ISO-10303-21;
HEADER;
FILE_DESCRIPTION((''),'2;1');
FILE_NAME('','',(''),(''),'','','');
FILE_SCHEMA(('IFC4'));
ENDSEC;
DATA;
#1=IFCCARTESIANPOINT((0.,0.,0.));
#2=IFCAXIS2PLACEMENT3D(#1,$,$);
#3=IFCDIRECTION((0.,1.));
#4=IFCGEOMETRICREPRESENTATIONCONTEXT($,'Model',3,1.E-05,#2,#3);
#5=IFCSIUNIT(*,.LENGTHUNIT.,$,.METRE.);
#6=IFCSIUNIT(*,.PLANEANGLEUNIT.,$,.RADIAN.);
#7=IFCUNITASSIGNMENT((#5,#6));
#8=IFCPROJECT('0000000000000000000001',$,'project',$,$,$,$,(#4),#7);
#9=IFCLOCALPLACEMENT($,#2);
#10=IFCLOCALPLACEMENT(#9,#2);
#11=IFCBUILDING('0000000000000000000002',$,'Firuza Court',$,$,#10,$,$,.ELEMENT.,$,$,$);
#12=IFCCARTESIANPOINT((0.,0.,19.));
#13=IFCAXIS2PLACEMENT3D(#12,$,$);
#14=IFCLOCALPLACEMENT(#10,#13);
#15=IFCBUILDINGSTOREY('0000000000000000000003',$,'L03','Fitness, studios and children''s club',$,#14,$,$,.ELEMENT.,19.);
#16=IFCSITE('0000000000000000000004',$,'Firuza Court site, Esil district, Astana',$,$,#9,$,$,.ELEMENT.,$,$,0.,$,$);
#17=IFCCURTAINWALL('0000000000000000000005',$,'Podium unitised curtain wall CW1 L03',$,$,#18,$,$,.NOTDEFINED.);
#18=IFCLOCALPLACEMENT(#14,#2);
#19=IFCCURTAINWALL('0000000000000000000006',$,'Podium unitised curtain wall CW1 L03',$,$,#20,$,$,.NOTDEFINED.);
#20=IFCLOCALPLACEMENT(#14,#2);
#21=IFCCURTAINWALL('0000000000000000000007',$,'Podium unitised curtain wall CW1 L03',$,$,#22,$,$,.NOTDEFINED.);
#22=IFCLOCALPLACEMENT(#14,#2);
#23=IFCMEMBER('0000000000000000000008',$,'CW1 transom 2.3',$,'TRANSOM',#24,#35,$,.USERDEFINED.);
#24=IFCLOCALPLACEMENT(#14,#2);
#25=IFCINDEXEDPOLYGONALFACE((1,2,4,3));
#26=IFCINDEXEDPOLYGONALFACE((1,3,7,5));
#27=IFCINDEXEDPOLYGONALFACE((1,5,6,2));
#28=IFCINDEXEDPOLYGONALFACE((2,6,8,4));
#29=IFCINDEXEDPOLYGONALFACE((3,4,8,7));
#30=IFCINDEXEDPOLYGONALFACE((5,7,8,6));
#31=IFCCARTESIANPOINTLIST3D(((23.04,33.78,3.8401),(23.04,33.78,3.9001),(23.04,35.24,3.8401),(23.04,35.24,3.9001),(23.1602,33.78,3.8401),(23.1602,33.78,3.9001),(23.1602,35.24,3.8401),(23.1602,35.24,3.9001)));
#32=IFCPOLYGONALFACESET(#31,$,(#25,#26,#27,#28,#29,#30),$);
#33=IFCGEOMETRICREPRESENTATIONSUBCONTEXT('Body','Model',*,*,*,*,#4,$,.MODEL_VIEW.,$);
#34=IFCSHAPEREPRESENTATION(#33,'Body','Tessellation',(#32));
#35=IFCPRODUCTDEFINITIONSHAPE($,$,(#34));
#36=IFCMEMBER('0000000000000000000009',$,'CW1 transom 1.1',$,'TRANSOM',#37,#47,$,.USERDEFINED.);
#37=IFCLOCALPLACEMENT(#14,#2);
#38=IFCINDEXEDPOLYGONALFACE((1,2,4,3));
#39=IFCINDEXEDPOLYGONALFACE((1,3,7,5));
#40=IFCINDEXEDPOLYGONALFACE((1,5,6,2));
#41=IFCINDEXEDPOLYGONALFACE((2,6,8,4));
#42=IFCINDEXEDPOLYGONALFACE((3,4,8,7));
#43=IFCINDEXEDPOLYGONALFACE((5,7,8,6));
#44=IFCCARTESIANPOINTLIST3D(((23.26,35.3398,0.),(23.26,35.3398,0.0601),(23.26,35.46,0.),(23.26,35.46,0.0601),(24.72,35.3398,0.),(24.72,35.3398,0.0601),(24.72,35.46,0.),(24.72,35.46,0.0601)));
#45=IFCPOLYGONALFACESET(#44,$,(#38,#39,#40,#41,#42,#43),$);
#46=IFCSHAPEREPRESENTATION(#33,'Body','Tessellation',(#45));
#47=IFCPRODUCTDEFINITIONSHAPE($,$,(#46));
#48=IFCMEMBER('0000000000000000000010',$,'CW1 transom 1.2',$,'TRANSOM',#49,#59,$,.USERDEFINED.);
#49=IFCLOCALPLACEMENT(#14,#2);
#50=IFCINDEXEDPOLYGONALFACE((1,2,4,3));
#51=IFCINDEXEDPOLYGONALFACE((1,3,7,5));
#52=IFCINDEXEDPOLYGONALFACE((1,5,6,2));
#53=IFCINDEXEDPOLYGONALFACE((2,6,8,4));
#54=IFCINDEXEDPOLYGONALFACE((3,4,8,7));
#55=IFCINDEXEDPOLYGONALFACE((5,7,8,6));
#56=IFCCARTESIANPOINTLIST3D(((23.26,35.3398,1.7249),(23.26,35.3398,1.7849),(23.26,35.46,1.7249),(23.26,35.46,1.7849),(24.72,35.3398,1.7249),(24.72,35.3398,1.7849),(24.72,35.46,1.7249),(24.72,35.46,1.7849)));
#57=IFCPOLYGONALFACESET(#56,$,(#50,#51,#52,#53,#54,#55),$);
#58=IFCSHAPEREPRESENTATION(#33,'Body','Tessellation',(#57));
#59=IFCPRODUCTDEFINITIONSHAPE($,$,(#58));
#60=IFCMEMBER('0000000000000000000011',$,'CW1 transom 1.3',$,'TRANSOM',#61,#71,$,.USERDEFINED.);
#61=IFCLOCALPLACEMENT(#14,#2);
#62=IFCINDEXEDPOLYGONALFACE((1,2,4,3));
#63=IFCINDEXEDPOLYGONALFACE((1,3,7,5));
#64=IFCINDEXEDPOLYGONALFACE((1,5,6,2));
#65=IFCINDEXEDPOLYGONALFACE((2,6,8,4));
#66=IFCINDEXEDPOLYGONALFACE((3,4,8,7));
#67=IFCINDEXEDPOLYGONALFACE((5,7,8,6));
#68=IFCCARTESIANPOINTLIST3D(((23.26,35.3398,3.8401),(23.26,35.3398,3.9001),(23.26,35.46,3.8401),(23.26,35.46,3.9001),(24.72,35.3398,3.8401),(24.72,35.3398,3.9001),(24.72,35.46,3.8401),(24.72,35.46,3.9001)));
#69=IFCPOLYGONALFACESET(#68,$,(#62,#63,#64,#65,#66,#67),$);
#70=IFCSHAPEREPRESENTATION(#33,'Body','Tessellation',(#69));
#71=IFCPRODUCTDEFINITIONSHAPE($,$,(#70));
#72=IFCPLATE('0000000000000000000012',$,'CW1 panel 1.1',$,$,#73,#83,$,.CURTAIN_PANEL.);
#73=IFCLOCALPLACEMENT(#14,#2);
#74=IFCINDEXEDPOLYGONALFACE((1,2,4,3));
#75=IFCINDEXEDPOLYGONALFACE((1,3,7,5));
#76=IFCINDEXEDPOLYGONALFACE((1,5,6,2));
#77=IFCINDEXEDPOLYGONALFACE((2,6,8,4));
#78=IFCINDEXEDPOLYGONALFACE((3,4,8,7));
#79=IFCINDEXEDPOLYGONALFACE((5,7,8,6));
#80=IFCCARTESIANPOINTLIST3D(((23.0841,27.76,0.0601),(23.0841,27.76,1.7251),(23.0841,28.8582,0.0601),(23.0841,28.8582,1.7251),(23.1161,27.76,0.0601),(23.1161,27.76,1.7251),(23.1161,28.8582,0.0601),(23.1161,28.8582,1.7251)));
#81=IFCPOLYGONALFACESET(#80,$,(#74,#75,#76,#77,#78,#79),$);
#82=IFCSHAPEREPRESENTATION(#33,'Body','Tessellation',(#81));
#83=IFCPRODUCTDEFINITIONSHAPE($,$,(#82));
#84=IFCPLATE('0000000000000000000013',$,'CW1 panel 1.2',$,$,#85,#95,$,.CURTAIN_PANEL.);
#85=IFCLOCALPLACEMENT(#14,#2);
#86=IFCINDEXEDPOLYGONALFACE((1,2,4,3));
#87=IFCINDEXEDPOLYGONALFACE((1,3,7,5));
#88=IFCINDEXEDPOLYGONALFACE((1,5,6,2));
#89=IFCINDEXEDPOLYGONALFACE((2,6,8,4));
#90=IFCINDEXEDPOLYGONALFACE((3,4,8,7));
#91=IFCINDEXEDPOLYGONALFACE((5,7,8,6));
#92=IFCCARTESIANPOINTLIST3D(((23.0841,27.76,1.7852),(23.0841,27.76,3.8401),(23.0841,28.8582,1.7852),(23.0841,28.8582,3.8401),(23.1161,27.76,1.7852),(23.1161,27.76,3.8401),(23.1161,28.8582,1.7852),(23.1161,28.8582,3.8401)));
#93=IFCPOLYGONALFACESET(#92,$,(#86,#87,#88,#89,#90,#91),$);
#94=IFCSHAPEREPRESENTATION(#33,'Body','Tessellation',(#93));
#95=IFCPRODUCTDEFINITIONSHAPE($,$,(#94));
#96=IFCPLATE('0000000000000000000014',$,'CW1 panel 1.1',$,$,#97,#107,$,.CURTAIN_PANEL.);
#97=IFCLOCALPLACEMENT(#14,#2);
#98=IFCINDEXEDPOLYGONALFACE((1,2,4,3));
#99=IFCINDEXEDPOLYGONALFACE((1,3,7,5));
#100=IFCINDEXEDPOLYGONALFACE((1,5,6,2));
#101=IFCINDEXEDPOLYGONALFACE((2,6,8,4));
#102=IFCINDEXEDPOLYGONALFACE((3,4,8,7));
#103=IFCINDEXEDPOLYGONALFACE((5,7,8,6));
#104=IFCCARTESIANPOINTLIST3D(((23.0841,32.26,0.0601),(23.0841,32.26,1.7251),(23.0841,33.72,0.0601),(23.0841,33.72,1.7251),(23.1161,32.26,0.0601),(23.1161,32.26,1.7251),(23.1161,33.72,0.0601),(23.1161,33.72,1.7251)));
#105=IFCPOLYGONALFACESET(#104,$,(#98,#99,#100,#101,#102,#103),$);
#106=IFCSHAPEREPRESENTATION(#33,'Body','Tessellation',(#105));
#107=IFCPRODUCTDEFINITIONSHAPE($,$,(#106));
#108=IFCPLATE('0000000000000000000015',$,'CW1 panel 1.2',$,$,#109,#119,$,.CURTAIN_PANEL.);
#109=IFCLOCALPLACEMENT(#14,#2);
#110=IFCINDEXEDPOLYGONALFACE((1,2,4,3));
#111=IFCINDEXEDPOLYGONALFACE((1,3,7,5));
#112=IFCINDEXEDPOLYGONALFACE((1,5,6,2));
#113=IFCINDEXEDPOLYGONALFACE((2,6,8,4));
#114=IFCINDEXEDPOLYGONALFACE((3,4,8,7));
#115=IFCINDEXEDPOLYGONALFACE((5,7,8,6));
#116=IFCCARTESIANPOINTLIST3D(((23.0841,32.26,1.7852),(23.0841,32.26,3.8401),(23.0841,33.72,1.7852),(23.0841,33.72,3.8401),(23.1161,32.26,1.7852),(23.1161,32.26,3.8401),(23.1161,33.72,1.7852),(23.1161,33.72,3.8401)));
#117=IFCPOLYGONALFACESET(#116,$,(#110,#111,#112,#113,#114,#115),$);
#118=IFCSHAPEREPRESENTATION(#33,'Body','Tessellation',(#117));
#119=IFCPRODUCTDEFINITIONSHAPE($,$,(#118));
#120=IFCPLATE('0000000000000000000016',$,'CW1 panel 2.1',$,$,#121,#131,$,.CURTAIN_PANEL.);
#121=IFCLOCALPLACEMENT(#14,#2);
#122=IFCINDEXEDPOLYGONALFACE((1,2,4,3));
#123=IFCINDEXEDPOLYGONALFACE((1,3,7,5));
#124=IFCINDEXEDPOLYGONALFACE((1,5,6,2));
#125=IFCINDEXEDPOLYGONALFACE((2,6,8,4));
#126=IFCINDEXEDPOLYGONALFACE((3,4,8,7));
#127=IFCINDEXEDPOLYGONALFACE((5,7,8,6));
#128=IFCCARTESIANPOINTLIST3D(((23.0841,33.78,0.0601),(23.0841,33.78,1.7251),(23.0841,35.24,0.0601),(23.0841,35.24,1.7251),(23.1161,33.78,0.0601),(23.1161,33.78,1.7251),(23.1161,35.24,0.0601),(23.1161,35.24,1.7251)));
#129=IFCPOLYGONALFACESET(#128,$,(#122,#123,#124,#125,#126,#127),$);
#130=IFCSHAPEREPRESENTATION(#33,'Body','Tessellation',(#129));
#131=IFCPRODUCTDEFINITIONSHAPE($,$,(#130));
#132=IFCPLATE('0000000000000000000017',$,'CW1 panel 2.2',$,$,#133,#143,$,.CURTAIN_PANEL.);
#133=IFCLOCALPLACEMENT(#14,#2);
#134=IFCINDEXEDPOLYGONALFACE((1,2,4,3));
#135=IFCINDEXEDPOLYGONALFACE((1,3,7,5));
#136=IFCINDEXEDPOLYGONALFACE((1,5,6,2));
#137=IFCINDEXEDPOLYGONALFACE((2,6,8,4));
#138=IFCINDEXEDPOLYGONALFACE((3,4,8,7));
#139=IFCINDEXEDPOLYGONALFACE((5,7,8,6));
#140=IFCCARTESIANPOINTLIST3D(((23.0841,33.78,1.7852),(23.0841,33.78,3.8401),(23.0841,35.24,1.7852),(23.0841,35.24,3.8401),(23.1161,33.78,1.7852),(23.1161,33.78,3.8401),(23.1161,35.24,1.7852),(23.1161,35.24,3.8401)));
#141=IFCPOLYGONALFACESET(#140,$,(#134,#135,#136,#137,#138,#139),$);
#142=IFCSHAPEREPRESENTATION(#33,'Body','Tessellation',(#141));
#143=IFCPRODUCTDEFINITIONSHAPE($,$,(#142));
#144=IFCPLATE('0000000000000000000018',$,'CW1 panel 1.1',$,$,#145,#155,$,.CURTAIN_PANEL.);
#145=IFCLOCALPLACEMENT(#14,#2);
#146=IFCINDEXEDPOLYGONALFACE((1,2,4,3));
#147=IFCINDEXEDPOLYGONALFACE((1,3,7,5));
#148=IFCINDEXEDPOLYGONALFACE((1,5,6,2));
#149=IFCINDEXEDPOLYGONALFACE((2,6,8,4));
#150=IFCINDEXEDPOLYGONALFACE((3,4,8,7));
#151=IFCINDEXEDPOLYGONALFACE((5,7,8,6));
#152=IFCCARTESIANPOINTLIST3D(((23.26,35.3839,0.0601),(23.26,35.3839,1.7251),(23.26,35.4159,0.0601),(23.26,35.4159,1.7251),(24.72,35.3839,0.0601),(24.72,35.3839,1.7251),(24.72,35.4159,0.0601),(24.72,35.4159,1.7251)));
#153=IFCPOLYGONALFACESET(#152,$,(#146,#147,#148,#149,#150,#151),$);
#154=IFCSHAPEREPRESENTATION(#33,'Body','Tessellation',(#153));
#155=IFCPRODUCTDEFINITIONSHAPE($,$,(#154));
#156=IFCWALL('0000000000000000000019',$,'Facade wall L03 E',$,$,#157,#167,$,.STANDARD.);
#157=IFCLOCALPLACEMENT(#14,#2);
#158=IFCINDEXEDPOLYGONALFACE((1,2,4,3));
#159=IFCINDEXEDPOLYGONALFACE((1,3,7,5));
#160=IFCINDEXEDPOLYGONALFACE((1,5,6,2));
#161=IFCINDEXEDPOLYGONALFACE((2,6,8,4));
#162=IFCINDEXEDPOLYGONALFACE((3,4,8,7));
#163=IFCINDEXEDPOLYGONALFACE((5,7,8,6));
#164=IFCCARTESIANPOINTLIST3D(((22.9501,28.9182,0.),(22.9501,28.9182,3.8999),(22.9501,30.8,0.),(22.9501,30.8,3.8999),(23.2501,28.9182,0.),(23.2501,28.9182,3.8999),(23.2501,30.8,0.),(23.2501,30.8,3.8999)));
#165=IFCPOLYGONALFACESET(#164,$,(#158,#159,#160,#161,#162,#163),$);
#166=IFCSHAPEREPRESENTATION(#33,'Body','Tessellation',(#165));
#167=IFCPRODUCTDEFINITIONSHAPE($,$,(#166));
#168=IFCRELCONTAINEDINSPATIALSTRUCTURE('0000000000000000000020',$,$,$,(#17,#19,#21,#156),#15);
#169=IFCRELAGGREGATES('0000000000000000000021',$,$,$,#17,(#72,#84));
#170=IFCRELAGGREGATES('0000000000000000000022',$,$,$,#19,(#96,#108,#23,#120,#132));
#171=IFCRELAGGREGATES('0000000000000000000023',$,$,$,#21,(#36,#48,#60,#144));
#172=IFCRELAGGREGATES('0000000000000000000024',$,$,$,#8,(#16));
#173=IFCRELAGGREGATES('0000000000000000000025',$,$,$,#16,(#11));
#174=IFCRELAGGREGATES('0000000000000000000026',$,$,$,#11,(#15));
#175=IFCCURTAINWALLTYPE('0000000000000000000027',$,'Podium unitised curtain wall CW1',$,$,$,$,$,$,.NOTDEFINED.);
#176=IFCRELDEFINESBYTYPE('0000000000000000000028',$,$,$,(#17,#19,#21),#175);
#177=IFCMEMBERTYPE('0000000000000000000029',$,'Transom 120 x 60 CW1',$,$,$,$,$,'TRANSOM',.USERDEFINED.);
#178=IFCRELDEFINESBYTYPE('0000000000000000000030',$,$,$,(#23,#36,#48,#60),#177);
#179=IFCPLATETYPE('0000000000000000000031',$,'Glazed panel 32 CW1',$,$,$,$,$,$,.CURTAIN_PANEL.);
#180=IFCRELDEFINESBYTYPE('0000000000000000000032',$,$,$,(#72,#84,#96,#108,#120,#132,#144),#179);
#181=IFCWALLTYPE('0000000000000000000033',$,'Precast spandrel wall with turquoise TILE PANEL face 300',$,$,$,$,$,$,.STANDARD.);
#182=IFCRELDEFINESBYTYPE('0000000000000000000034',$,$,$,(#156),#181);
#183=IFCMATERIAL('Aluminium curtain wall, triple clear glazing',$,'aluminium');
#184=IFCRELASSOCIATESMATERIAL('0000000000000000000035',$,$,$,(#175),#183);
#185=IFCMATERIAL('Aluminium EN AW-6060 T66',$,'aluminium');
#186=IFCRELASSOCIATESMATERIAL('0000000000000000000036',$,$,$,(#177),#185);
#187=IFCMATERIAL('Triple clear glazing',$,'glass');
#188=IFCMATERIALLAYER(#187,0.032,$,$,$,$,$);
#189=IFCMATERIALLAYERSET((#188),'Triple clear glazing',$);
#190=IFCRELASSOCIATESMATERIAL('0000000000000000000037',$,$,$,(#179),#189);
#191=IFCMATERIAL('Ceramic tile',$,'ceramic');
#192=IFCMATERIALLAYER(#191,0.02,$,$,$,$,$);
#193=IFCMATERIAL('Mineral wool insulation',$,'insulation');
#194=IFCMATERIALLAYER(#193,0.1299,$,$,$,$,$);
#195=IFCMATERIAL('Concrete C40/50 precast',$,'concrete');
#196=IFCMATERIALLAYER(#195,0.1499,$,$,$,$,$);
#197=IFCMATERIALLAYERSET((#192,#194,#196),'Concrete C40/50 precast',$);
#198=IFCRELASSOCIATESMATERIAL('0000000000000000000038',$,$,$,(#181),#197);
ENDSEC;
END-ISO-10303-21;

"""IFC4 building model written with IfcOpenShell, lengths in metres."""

from ifc_helpers import new_model, si_unit, direction, frame, frame_2d, origin, origin_2d, place, context, subcontext, project, spatial, rectangle, extrude, material, layer, layer_set, material_profile, profile_set, type_object, element, aggregate, save


model = new_model("IFC4")

# Units and contexts
model_context = context("Model", 3, precision=1e-05, world=origin(), true_north=direction((0.0, 1.0)))
body_context = subcontext(model_context, "Body", "Model", "MODEL_VIEW")
ifc_project = project(units=[si_unit("LENGTHUNIT", "METRE"), si_unit("PLANEANGLEUNIT", "RADIAN")], contexts=[model_context])

# Site, building, storey
site_placement = place(None, origin())
site = spatial("IfcSite", under=ifc_project, at=site_placement, Name="Firuza Court site, Esil district, Astana", CompositionType="ELEMENT", RefElevation=0.0)
building_placement = place(site_placement, origin())
building = spatial("IfcBuilding", under=site, at=building_placement, Name="Firuza Court", CompositionType="ELEMENT")
storey_placement = place(building_placement, frame((0.0, 0.0, 19.0)))
storey = spatial("IfcBuildingStorey", under=building, at=storey_placement, Name="L03", Description="Fitness, studios and children's club", CompositionType="ELEMENT", Elevation=19.0)

# Shared definitions
ifc_material_1 = material(Name="Aluminium curtain wall, triple clear glazing", Category="aluminium")
curtain_wall_type = type_object("IfcCurtainWallType", Name="Podium unitised curtain wall CW1", PredefinedType="NOTDEFINED", material=ifc_material_1)

# Curtain walls
curtain_wall_1_placement = place(storey_placement, origin())
curtain_wall_1 = element("IfcCurtainWall", 1, at=curtain_wall_1_placement, inside=storey, type_object=curtain_wall_type, Name="Podium unitised curtain wall CW1 L03", PredefinedType="NOTDEFINED")
curtain_wall_2_placement = place(storey_placement, origin())
curtain_wall_2 = element("IfcCurtainWall", 2, at=curtain_wall_2_placement, inside=storey, type_object=curtain_wall_type, Name="Podium unitised curtain wall CW1 L03", PredefinedType="NOTDEFINED")

# Curtain wall
curtain_wall_3_placement = place(storey_placement, origin())
curtain_wall_3 = element("IfcCurtainWall", 3, at=curtain_wall_3_placement, inside=storey, type_object=curtain_wall_type, Name="Podium unitised curtain wall CW1 L03", PredefinedType="NOTDEFINED")

# Members
ifc_material_2 = material(Name="Aluminium EN AW-6060 T66", Category="aluminium")
ifc_material_profile_1 = material_profile(ifc_material_2, rectangle(XDim=0.1201, YDim=0.0601, at=origin_2d()), Name="Transom 120 x 60 CW1")
ifc_profile_set_1 = profile_set([ifc_material_profile_1], Name="Aluminium EN AW-6060 T66")
member_type_1 = type_object("IfcMemberType", Name="Transom 120 x 60 CW1", ElementType="TRANSOM", PredefinedType="USERDEFINED", material=ifc_profile_set_1)
member_1_placement = place(storey_placement, frame((23.1001, 33.78, 3.8701), z_axis=(0.0, 1.0, 0.0), x_axis=(-1.0, 0.0, 0.0)))
member_1 = element("IfcMember", 4, at=member_1_placement, type_object=member_type_1, Name="CW1 transom 2.3", ObjectType="TRANSOM", PredefinedType="USERDEFINED", context=body_context, shape_type="SweptSolid", body=[
    extrude(rectangle(XDim=0.1201, YDim=0.0601, at=origin_2d()), origin(), (0.0, 0.0, 1.0), 1.46),
])
member_2_placement = place(storey_placement, frame((23.26, 35.3999, 0.03), z_axis=(1.0, 0.0, 0.0), x_axis=(0.0, 1.0, 0.0)))
member_2 = element("IfcMember", 5, at=member_2_placement, type_object=member_type_1, Name="CW1 transom 1.1", ObjectType="TRANSOM", PredefinedType="USERDEFINED", context=body_context, shape_type="SweptSolid", body=[
    extrude(rectangle(XDim=0.1201, YDim=0.0601, at=origin_2d()), origin(), (0.0, 0.0, 1.0), 1.46),
])
member_3_placement = place(storey_placement, frame((23.26, 35.3999, 1.7549), z_axis=(1.0, 0.0, 0.0), x_axis=(0.0, 1.0, 0.0)))
member_3 = element("IfcMember", 6, at=member_3_placement, type_object=member_type_1, Name="CW1 transom 1.2", ObjectType="TRANSOM", PredefinedType="USERDEFINED", context=body_context, shape_type="SweptSolid", body=[
    extrude(rectangle(XDim=0.1201, YDim=0.0601, at=origin_2d()), origin(), (0.0, 0.0, 1.0), 1.46),
])
member_4_placement = place(storey_placement, frame((23.26, 35.3999, 3.8701), z_axis=(1.0, 0.0, 0.0), x_axis=(0.0, 1.0, 0.0)))
member_4 = element("IfcMember", 7, at=member_4_placement, type_object=member_type_1, Name="CW1 transom 1.3", ObjectType="TRANSOM", PredefinedType="USERDEFINED", context=body_context, shape_type="SweptSolid", body=[
    extrude(rectangle(XDim=0.1201, YDim=0.0601, at=origin_2d()), origin(), (0.0, 0.0, 1.0), 1.46),
])

# Plates
ifc_material_3 = material(Name="Triple clear glazing", Category="glass")
ifc_layer_1 = layer(ifc_material_3, 0.032)
ifc_layer_set_1 = layer_set([ifc_layer_1], Name="Triple clear glazing")
plate_type = type_object("IfcPlateType", Name="Glazed panel 32 CW1", PredefinedType="CURTAIN_PANEL", material=ifc_layer_set_1)
plate_1_placement = place(storey_placement, frame((23.1001, 28.3091, 0.0601), z_axis=(0.0, 0.0, 1.0), x_axis=(0.0, 1.0, 0.0)))
plate_1 = element("IfcPlate", 8, at=plate_1_placement, type_object=plate_type, Name="CW1 panel 1.1", PredefinedType="CURTAIN_PANEL", context=body_context, shape_type="SweptSolid", body=[
    extrude(rectangle(XDim=1.0981, YDim=0.032, at=origin_2d()), origin(), (0.0, 0.0, 1.0), 1.665),
])
plate_2_placement = place(storey_placement, frame((23.1001, 28.3091, 1.7852), z_axis=(0.0, 0.0, 1.0), x_axis=(0.0, 1.0, 0.0)))
plate_2 = element("IfcPlate", 9, at=plate_2_placement, type_object=plate_type, Name="CW1 panel 1.2", PredefinedType="CURTAIN_PANEL", context=body_context, shape_type="SweptSolid", body=[
    extrude(rectangle(XDim=1.0981, YDim=0.032, at=origin_2d()), origin(), (0.0, 0.0, 1.0), 2.0549),
])
aggregate(curtain_wall_1, [plate_1, plate_2])
plate_3_placement = place(storey_placement, frame((23.1001, 32.99, 0.0601), z_axis=(0.0, 0.0, 1.0), x_axis=(0.0, 1.0, 0.0)))
plate_3 = element("IfcPlate", 10, at=plate_3_placement, type_object=plate_type, Name="CW1 panel 1.1", PredefinedType="CURTAIN_PANEL", context=body_context, shape_type="SweptSolid", body=[
    extrude(rectangle(XDim=1.46, YDim=0.032, at=origin_2d()), origin(), (0.0, 0.0, 1.0), 1.665),
])
plate_4_placement = place(storey_placement, frame((23.1001, 32.99, 1.7852), z_axis=(0.0, 0.0, 1.0), x_axis=(0.0, 1.0, 0.0)))
plate_4 = element("IfcPlate", 11, at=plate_4_placement, type_object=plate_type, Name="CW1 panel 1.2", PredefinedType="CURTAIN_PANEL", context=body_context, shape_type="SweptSolid", body=[
    extrude(rectangle(XDim=1.46, YDim=0.032, at=origin_2d()), origin(), (0.0, 0.0, 1.0), 2.0549),
])
plate_5_placement = place(storey_placement, frame((23.1001, 34.51, 0.0601), z_axis=(0.0, 0.0, 1.0), x_axis=(0.0, 1.0, 0.0)))
plate_5 = element("IfcPlate", 12, at=plate_5_placement, type_object=plate_type, Name="CW1 panel 2.1", PredefinedType="CURTAIN_PANEL", context=body_context, shape_type="SweptSolid", body=[
    extrude(rectangle(XDim=1.46, YDim=0.032, at=origin_2d()), origin(), (0.0, 0.0, 1.0), 1.665),
])
plate_6_placement = place(storey_placement, frame((23.1001, 34.51, 1.7852), z_axis=(0.0, 0.0, 1.0), x_axis=(0.0, 1.0, 0.0)))
plate_6 = element("IfcPlate", 13, at=plate_6_placement, type_object=plate_type, Name="CW1 panel 2.2", PredefinedType="CURTAIN_PANEL", context=body_context, shape_type="SweptSolid", body=[
    extrude(rectangle(XDim=1.46, YDim=0.032, at=origin_2d()), origin(), (0.0, 0.0, 1.0), 2.0549),
])
aggregate(curtain_wall_2, [plate_3, plate_4, member_1, plate_5, plate_6])
plate_7_placement = place(storey_placement, frame((23.99, 35.3999, 0.0601), z_axis=(0.0, 0.0, 1.0), x_axis=(1.0, 0.0, 0.0)))
plate_7 = element("IfcPlate", 14, at=plate_7_placement, type_object=plate_type, Name="CW1 panel 1.1", PredefinedType="CURTAIN_PANEL", context=body_context, shape_type="SweptSolid", body=[
    extrude(rectangle(XDim=1.46, YDim=0.032, at=origin_2d()), origin(), (0.0, 0.0, 1.0), 1.665),
])
aggregate(curtain_wall_3, [member_2, member_3, member_4, plate_7])

# Wall
ifc_material_4 = material(Name="Ceramic tile", Category="ceramic")
ifc_layer_2 = layer(ifc_material_4, 0.02)
ifc_material_5 = material(Name="Mineral wool insulation", Category="insulation")
ifc_layer_3 = layer(ifc_material_5, 0.1299)
ifc_material_6 = material(Name="Concrete C40/50 precast", Category="concrete")
ifc_layer_4 = layer(ifc_material_6, 0.1499)
ifc_layer_set_2 = layer_set([ifc_layer_2, ifc_layer_3, ifc_layer_4], Name="Concrete C40/50 precast")
wall_type = type_object("IfcWallType", Name="Precast spandrel wall with turquoise TILE PANEL face 300", PredefinedType="STANDARD", material=ifc_layer_set_2)
wall_placement = place(storey_placement, frame((23.1001, 28.9182, 0.0), z_axis=(0.0, 0.0, 1.0), x_axis=(0.0, 1.0, 0.0)))
element("IfcWall", 15, at=wall_placement, inside=storey, type_object=wall_type, Name="Facade wall L03 E", PredefinedType="STANDARD", context=body_context, shape_type="SweptSolid", body=[
    extrude(rectangle(XDim=1.8818, YDim=0.3, at=frame_2d((0.9409, 0.0))), origin(), (0.0, 0.0, 1.0), 3.8999),
])

save(model, "model.ifc")
